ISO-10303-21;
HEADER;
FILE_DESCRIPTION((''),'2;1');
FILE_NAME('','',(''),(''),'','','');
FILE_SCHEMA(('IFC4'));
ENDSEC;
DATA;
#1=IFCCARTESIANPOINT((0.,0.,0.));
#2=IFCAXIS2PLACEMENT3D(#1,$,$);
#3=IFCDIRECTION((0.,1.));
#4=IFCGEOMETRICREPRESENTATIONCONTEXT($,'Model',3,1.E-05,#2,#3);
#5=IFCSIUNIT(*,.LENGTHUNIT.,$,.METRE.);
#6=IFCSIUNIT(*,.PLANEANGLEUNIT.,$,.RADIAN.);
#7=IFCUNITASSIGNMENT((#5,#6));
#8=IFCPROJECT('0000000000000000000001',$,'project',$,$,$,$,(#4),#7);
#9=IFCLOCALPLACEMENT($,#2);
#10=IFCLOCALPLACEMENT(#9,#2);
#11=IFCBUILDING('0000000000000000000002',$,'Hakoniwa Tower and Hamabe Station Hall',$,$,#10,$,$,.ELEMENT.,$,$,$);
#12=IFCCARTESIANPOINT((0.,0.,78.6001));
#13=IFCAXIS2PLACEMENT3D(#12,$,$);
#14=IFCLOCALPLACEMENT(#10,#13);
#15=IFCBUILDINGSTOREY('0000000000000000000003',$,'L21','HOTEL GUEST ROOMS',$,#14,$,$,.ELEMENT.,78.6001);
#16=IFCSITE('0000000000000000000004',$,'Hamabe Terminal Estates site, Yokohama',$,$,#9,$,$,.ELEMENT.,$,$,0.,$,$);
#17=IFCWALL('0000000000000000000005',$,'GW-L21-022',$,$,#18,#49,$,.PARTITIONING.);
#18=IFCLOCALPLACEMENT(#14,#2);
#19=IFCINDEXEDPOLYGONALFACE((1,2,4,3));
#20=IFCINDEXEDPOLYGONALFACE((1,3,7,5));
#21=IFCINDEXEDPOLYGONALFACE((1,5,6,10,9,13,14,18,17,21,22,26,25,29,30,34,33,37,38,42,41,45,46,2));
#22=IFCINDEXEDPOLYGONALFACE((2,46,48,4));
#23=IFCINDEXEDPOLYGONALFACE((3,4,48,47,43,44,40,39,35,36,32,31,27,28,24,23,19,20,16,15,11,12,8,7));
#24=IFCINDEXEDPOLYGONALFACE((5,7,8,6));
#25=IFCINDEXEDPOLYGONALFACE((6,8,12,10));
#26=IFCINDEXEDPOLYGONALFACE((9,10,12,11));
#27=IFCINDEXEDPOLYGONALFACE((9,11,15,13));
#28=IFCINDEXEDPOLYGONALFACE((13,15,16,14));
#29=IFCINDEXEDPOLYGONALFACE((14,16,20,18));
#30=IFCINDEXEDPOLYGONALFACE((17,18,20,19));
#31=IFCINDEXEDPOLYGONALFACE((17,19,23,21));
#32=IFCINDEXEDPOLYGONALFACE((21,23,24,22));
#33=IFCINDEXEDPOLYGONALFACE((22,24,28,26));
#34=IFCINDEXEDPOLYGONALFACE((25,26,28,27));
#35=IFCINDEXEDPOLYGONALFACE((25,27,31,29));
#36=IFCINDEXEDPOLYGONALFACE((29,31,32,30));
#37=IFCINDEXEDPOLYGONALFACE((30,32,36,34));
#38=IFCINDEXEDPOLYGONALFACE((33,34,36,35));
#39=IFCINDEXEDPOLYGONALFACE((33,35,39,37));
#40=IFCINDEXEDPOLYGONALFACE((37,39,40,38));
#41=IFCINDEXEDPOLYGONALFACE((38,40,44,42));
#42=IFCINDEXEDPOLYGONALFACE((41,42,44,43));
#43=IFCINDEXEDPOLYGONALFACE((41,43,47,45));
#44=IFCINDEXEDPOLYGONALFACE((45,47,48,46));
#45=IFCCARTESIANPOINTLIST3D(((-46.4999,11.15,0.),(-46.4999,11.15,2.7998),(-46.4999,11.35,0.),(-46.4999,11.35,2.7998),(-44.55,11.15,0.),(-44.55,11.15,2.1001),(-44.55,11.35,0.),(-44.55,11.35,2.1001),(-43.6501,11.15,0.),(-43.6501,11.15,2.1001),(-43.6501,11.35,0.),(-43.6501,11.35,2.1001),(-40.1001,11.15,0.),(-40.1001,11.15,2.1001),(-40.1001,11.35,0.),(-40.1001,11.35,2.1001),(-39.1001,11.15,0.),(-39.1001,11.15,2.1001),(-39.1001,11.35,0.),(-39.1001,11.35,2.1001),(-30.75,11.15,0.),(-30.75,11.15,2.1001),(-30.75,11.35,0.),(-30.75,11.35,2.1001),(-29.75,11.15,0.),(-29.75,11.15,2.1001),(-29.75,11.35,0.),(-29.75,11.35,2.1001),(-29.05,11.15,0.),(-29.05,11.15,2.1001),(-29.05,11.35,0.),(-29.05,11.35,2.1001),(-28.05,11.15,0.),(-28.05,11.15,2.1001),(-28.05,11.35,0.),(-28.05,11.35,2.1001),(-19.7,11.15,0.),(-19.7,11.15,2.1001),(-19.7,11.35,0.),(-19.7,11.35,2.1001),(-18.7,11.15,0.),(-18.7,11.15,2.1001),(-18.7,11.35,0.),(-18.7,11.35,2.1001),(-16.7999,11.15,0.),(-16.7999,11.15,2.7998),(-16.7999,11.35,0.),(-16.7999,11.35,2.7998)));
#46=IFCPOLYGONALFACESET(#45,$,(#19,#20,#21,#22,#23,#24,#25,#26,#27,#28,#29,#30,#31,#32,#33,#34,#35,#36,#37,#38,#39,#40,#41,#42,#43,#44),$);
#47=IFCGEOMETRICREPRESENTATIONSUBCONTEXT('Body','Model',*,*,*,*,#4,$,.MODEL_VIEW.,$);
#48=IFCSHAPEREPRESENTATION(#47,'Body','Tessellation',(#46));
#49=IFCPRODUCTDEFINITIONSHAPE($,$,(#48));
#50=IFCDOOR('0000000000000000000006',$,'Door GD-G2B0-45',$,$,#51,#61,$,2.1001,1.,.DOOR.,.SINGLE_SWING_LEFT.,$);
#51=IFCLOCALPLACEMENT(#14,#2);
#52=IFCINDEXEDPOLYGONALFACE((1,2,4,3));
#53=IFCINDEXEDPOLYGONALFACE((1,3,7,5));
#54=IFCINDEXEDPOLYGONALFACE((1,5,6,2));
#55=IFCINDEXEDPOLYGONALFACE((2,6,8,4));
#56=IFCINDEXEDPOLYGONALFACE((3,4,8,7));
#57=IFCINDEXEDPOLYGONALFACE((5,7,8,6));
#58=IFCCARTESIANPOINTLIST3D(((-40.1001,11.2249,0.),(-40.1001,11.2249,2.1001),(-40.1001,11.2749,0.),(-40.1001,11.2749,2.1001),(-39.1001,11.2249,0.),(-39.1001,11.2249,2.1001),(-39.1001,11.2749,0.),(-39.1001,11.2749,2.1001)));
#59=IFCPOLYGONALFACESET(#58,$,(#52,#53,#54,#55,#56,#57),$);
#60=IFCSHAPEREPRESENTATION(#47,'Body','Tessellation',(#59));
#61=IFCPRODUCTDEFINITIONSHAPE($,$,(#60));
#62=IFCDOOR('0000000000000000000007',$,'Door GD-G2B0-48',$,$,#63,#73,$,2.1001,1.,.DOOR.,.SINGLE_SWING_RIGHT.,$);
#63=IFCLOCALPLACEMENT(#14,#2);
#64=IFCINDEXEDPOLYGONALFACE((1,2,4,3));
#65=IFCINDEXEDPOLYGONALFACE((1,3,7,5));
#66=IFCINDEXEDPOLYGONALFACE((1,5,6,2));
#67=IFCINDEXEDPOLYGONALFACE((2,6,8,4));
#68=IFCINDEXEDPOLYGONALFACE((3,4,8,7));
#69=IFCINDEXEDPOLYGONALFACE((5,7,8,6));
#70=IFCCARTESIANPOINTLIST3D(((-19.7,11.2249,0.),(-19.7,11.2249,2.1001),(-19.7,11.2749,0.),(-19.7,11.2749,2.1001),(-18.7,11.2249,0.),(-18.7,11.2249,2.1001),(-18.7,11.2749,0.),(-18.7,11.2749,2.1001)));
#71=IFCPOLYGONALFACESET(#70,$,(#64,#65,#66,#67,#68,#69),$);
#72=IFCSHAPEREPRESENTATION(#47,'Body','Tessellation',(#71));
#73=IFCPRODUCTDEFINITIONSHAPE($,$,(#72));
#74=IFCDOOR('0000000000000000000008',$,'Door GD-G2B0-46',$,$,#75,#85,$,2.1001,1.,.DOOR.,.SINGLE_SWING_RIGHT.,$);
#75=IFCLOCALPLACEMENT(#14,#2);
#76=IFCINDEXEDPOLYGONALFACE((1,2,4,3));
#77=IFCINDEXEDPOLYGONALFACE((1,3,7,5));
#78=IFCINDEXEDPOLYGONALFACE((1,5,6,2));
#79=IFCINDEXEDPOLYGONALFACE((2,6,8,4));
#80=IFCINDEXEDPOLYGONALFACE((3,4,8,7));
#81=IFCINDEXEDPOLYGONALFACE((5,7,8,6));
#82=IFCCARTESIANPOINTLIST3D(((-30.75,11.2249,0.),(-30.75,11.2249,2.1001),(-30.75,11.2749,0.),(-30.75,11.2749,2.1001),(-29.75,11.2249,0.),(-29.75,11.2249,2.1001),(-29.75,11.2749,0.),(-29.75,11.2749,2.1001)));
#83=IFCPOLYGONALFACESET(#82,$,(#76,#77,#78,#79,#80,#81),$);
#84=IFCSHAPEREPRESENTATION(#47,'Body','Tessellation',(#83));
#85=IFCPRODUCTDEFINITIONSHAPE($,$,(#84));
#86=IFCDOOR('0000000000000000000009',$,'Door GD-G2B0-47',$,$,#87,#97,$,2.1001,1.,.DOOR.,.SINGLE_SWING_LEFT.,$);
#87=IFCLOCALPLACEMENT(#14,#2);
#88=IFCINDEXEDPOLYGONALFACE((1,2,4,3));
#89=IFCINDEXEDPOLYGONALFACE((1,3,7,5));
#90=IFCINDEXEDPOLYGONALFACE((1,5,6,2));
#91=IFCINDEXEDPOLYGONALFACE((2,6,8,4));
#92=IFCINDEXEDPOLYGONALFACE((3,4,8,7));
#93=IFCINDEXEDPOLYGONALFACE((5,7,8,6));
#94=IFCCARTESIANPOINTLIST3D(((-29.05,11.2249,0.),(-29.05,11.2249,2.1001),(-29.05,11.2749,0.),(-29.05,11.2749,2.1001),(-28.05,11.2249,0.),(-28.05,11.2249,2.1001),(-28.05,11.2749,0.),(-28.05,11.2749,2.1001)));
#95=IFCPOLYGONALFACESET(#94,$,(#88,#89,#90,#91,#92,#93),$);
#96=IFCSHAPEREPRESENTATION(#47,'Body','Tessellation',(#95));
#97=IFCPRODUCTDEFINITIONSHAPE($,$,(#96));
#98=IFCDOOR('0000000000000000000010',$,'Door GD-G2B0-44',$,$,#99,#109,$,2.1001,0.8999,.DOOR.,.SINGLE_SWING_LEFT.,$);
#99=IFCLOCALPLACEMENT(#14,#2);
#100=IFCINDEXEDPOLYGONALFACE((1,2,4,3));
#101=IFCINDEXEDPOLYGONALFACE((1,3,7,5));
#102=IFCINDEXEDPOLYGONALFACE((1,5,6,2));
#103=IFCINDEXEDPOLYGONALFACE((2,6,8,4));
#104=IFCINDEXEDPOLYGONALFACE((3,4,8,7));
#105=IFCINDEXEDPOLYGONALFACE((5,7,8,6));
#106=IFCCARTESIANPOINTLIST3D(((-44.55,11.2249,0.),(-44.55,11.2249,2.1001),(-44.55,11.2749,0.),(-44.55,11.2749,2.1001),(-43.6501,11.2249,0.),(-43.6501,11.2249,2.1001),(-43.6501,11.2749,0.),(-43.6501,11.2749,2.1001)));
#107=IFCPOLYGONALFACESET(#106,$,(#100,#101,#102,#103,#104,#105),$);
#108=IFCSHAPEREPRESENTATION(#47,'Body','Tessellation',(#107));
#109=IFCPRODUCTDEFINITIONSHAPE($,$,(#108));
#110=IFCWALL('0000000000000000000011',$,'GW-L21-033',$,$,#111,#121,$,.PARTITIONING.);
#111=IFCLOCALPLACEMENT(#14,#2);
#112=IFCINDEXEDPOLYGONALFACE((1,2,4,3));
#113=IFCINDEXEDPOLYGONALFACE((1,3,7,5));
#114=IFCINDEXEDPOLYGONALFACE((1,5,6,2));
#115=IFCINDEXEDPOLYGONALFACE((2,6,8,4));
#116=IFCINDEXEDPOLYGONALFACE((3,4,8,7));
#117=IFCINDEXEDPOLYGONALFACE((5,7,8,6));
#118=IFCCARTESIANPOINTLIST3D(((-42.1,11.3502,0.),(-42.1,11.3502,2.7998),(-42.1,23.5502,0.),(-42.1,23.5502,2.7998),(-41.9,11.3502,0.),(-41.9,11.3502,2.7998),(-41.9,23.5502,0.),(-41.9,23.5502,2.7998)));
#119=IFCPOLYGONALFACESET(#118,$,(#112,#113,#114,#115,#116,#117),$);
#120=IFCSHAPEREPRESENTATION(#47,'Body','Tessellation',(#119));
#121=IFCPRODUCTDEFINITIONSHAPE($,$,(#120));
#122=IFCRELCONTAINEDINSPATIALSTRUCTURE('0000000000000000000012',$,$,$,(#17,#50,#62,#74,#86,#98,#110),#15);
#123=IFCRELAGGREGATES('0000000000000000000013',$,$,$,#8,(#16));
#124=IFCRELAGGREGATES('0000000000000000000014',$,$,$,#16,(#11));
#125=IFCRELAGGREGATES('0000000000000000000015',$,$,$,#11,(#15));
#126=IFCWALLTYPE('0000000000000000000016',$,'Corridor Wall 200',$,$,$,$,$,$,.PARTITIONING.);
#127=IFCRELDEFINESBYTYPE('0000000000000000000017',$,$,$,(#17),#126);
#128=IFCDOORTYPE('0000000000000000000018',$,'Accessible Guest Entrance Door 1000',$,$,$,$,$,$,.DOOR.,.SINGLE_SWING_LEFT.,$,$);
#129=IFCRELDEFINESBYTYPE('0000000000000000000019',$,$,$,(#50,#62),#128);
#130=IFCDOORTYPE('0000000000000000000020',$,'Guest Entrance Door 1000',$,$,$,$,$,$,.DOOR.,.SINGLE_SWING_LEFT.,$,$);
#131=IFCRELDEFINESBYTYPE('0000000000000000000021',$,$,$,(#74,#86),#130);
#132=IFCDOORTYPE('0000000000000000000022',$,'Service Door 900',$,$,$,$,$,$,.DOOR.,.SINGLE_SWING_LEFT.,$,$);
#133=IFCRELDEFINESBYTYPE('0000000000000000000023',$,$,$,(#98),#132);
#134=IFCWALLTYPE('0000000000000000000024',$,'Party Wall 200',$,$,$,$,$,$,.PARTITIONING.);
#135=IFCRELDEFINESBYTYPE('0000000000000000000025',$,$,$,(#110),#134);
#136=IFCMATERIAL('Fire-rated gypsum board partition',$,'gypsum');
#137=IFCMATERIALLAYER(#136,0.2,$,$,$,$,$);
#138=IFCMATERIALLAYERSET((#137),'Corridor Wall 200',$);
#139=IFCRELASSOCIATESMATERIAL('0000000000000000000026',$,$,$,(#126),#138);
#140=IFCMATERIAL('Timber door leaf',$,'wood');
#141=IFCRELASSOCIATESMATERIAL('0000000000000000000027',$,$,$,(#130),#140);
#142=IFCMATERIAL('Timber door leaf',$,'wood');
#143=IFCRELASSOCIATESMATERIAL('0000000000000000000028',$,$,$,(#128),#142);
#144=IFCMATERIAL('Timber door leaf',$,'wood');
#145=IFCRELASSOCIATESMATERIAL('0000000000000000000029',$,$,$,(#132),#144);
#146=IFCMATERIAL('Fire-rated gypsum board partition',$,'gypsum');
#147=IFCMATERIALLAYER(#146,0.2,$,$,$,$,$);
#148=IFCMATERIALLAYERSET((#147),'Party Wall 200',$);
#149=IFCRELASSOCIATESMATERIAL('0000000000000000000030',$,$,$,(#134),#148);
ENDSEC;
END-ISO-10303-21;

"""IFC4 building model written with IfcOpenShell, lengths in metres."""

from ifc_helpers import new_model, si_unit, direction, frame, frame_2d, origin, place, context, subcontext, project, spatial, rectangle, extrude, material, layer, layer_set, type_object, element, fill, save


model = new_model("IFC4")

# Units and contexts
model_context = context("Model", 3, precision=1e-05, world=origin(), true_north=direction((0.0, 1.0)))
body_context = subcontext(model_context, "Body", "Model", "MODEL_VIEW")
ifc_project = project(units=[si_unit("LENGTHUNIT", "METRE"), si_unit("PLANEANGLEUNIT", "RADIAN")], contexts=[model_context])

# Site, building, storey
site_placement = place(None, origin())
site = spatial("IfcSite", under=ifc_project, at=site_placement, Name="Hamabe Terminal Estates site, Yokohama", CompositionType="ELEMENT", RefElevation=0.0)
building_placement = place(site_placement, origin())
building = spatial("IfcBuilding", under=site, at=building_placement, Name="Hakoniwa Tower and Hamabe Station Hall", CompositionType="ELEMENT")
storey_placement = place(building_placement, frame((0.0, 0.0, 78.6001)))
storey = spatial("IfcBuildingStorey", under=building, at=storey_placement, Name="L21", Description="HOTEL GUEST ROOMS", CompositionType="ELEMENT", Elevation=78.6001)

# Shared definitions
ifc_material_1 = material(Name="Fire-rated gypsum board partition", Category="gypsum")
ifc_layer_1 = layer(ifc_material_1, 0.2)
ifc_layer_set_1 = layer_set([ifc_layer_1], Name="Corridor Wall 200")
wall_type_1 = type_object("IfcWallType", Name="Corridor Wall 200", PredefinedType="PARTITIONING", material=ifc_layer_set_1)
ifc_material_2 = material(Name="Timber door leaf", Category="wood")
door_type_1 = type_object("IfcDoorType", Name="Guest Entrance Door 1000", OperationType="SINGLE_SWING_LEFT", PredefinedType="DOOR", material=ifc_material_2)

# Wall, openings, doors
wall_1_placement = place(storey_placement, frame((-46.5, 11.25, 0.0), z_axis=(0.0, 0.0, 1.0), x_axis=(1.0, 0.0, 0.0)))
wall_1 = element("IfcWall", 1, at=wall_1_placement, inside=storey, type_object=wall_type_1, Name="GW-L21-022", PredefinedType="PARTITIONING", context=body_context, shape_type="SweptSolid", body=[
    extrude(rectangle(XDim=29.7, YDim=0.2, at=frame_2d((14.8501, 0.0))), origin(), (0.0, 0.0, 1.0), 2.7998),
])
opening_1_placement = place(wall_1_placement, frame((1.95, 0.0, 0.0)))
opening_1 = element("IfcOpeningElement", 2, at=opening_1_placement, cuts=wall_1, PredefinedType="OPENING", context=body_context, shape_type="SweptSolid", body=[
    extrude(rectangle(XDim=0.8999, YDim=2.1001, at=frame_2d((0.45, 1.05))), frame((0.0, 0.1099, 0.0), z_axis=(0.0, -1.0, 0.0), x_axis=(1.0, 0.0, 0.0)), (0.0, 0.0, 1.0), 0.22),
])
opening_2_placement = place(wall_1_placement, frame((6.3999, 0.0, 0.0)))
opening_2 = element("IfcOpeningElement", 3, at=opening_2_placement, cuts=wall_1, PredefinedType="OPENING", context=body_context, shape_type="SweptSolid", body=[
    extrude(rectangle(XDim=1.0, YDim=2.1001, at=frame_2d((0.5, 1.05))), frame((0.0, 0.1099, 0.0), z_axis=(0.0, -1.0, 0.0), x_axis=(1.0, 0.0, 0.0)), (0.0, 0.0, 1.0), 0.22),
])
opening_3_placement = place(wall_1_placement, frame((15.75, 0.0, 0.0)))
opening_3 = element("IfcOpeningElement", 4, at=opening_3_placement, cuts=wall_1, PredefinedType="OPENING", context=body_context, shape_type="SweptSolid", body=[
    extrude(rectangle(XDim=1.0, YDim=2.1001, at=frame_2d((0.5, 1.05))), frame((0.0, 0.1099, 0.0), z_axis=(0.0, -1.0, 0.0), x_axis=(1.0, 0.0, 0.0)), (0.0, 0.0, 1.0), 0.22),
])
opening_4_placement = place(wall_1_placement, frame((17.45, 0.0, 0.0)))
opening_4 = element("IfcOpeningElement", 5, at=opening_4_placement, cuts=wall_1, PredefinedType="OPENING", context=body_context, shape_type="SweptSolid", body=[
    extrude(rectangle(XDim=1.0, YDim=2.1001, at=frame_2d((0.5, 1.05))), frame((0.0, 0.1099, 0.0), z_axis=(0.0, -1.0, 0.0), x_axis=(1.0, 0.0, 0.0)), (0.0, 0.0, 1.0), 0.22),
])
opening_5_placement = place(wall_1_placement, frame((26.8, 0.0, 0.0)))
opening_5 = element("IfcOpeningElement", 6, at=opening_5_placement, cuts=wall_1, PredefinedType="OPENING", context=body_context, shape_type="SweptSolid", body=[
    extrude(rectangle(XDim=1.0, YDim=2.1001, at=frame_2d((0.5, 1.05))), frame((0.0, 0.1099, 0.0), z_axis=(0.0, -1.0, 0.0), x_axis=(1.0, 0.0, 0.0)), (0.0, 0.0, 1.0), 0.22),
])
ifc_material_3 = material(Name="Timber door leaf", Category="wood")
door_type_2 = type_object("IfcDoorType", Name="Accessible Guest Entrance Door 1000", OperationType="SINGLE_SWING_LEFT", PredefinedType="DOOR", material=ifc_material_3)
door_1_placement = place(opening_2_placement, origin())
door_1 = element("IfcDoor", 7, at=door_1_placement, inside=storey, type_object=door_type_2, Name="Door GD-G2B0-45", OperationType="SINGLE_SWING_LEFT", OverallHeight=2.1001, OverallWidth=1.0, PredefinedType="DOOR", context=body_context, shape_type="SweptSolid", body=[
    extrude(rectangle(XDim=1.0, YDim=2.1001, at=frame_2d((0.5, 1.05))), frame((0.0, 0.0249, 0.0), z_axis=(0.0, -1.0, 0.0), x_axis=(1.0, 0.0, 0.0)), (0.0, 0.0, 1.0), 0.05),
])
fill(opening_2, door_1)
door_2_placement = place(opening_5_placement, origin())
door_2 = element("IfcDoor", 8, at=door_2_placement, inside=storey, type_object=door_type_2, Name="Door GD-G2B0-48", OperationType="SINGLE_SWING_RIGHT", OverallHeight=2.1001, OverallWidth=1.0, PredefinedType="DOOR", context=body_context, shape_type="SweptSolid", body=[
    extrude(rectangle(XDim=1.0, YDim=2.1001, at=frame_2d((0.5, 1.05))), frame((0.0, 0.0249, 0.0), z_axis=(0.0, -1.0, 0.0), x_axis=(1.0, 0.0, 0.0)), (0.0, 0.0, 1.0), 0.05),
])
fill(opening_5, door_2)
door_3_placement = place(opening_3_placement, origin())
door_3 = element("IfcDoor", 9, at=door_3_placement, inside=storey, type_object=door_type_1, Name="Door GD-G2B0-46", OperationType="SINGLE_SWING_RIGHT", OverallHeight=2.1001, OverallWidth=1.0, PredefinedType="DOOR", context=body_context, shape_type="SweptSolid", body=[
    extrude(rectangle(XDim=1.0, YDim=2.1001, at=frame_2d((0.5, 1.05))), frame((0.0, 0.0249, 0.0), z_axis=(0.0, -1.0, 0.0), x_axis=(1.0, 0.0, 0.0)), (0.0, 0.0, 1.0), 0.05),
])
fill(opening_3, door_3)
door_4_placement = place(opening_4_placement, origin())
door_4 = element("IfcDoor", 10, at=door_4_placement, inside=storey, type_object=door_type_1, Name="Door GD-G2B0-47", OperationType="SINGLE_SWING_LEFT", OverallHeight=2.1001, OverallWidth=1.0, PredefinedType="DOOR", context=body_context, shape_type="SweptSolid", body=[
    extrude(rectangle(XDim=1.0, YDim=2.1001, at=frame_2d((0.5, 1.05))), frame((0.0, 0.0249, 0.0), z_axis=(0.0, -1.0, 0.0), x_axis=(1.0, 0.0, 0.0)), (0.0, 0.0, 1.0), 0.05),
])
fill(opening_4, door_4)
ifc_material_4 = material(Name="Timber door leaf", Category="wood")
door_type_3 = type_object("IfcDoorType", Name="Service Door 900", OperationType="SINGLE_SWING_LEFT", PredefinedType="DOOR", material=ifc_material_4)
door_5_placement = place(opening_1_placement, origin())
door_5 = element("IfcDoor", 11, at=door_5_placement, inside=storey, type_object=door_type_3, Name="Door GD-G2B0-44", OperationType="SINGLE_SWING_LEFT", OverallHeight=2.1001, OverallWidth=0.8999, PredefinedType="DOOR", context=body_context, shape_type="SweptSolid", body=[
    extrude(rectangle(XDim=0.8999, YDim=2.1001, at=frame_2d((0.45, 1.05))), frame((0.0, 0.0249, 0.0), z_axis=(0.0, -1.0, 0.0), x_axis=(1.0, 0.0, 0.0)), (0.0, 0.0, 1.0), 0.05),
])
fill(opening_1, door_5)

# Wall
ifc_material_5 = material(Name="Fire-rated gypsum board partition", Category="gypsum")
ifc_layer_2 = layer(ifc_material_5, 0.2)
ifc_layer_set_2 = layer_set([ifc_layer_2], Name="Party Wall 200")
wall_type_2 = type_object("IfcWallType", Name="Party Wall 200", PredefinedType="PARTITIONING", material=ifc_layer_set_2)
wall_2_placement = place(storey_placement, frame((-42.0, 11.3501, 0.0), z_axis=(0.0, 0.0, 1.0), x_axis=(0.0, 1.0, 0.0)))
element("IfcWall", 12, at=wall_2_placement, inside=storey, type_object=wall_type_2, Name="GW-L21-033", PredefinedType="PARTITIONING", context=body_context, shape_type="SweptSolid", body=[
    extrude(rectangle(XDim=12.2, YDim=0.2, at=frame_2d((6.1001, 0.0))), origin(), (0.0, 0.0, 1.0), 2.7998),
])

save(model, "model.ifc")
